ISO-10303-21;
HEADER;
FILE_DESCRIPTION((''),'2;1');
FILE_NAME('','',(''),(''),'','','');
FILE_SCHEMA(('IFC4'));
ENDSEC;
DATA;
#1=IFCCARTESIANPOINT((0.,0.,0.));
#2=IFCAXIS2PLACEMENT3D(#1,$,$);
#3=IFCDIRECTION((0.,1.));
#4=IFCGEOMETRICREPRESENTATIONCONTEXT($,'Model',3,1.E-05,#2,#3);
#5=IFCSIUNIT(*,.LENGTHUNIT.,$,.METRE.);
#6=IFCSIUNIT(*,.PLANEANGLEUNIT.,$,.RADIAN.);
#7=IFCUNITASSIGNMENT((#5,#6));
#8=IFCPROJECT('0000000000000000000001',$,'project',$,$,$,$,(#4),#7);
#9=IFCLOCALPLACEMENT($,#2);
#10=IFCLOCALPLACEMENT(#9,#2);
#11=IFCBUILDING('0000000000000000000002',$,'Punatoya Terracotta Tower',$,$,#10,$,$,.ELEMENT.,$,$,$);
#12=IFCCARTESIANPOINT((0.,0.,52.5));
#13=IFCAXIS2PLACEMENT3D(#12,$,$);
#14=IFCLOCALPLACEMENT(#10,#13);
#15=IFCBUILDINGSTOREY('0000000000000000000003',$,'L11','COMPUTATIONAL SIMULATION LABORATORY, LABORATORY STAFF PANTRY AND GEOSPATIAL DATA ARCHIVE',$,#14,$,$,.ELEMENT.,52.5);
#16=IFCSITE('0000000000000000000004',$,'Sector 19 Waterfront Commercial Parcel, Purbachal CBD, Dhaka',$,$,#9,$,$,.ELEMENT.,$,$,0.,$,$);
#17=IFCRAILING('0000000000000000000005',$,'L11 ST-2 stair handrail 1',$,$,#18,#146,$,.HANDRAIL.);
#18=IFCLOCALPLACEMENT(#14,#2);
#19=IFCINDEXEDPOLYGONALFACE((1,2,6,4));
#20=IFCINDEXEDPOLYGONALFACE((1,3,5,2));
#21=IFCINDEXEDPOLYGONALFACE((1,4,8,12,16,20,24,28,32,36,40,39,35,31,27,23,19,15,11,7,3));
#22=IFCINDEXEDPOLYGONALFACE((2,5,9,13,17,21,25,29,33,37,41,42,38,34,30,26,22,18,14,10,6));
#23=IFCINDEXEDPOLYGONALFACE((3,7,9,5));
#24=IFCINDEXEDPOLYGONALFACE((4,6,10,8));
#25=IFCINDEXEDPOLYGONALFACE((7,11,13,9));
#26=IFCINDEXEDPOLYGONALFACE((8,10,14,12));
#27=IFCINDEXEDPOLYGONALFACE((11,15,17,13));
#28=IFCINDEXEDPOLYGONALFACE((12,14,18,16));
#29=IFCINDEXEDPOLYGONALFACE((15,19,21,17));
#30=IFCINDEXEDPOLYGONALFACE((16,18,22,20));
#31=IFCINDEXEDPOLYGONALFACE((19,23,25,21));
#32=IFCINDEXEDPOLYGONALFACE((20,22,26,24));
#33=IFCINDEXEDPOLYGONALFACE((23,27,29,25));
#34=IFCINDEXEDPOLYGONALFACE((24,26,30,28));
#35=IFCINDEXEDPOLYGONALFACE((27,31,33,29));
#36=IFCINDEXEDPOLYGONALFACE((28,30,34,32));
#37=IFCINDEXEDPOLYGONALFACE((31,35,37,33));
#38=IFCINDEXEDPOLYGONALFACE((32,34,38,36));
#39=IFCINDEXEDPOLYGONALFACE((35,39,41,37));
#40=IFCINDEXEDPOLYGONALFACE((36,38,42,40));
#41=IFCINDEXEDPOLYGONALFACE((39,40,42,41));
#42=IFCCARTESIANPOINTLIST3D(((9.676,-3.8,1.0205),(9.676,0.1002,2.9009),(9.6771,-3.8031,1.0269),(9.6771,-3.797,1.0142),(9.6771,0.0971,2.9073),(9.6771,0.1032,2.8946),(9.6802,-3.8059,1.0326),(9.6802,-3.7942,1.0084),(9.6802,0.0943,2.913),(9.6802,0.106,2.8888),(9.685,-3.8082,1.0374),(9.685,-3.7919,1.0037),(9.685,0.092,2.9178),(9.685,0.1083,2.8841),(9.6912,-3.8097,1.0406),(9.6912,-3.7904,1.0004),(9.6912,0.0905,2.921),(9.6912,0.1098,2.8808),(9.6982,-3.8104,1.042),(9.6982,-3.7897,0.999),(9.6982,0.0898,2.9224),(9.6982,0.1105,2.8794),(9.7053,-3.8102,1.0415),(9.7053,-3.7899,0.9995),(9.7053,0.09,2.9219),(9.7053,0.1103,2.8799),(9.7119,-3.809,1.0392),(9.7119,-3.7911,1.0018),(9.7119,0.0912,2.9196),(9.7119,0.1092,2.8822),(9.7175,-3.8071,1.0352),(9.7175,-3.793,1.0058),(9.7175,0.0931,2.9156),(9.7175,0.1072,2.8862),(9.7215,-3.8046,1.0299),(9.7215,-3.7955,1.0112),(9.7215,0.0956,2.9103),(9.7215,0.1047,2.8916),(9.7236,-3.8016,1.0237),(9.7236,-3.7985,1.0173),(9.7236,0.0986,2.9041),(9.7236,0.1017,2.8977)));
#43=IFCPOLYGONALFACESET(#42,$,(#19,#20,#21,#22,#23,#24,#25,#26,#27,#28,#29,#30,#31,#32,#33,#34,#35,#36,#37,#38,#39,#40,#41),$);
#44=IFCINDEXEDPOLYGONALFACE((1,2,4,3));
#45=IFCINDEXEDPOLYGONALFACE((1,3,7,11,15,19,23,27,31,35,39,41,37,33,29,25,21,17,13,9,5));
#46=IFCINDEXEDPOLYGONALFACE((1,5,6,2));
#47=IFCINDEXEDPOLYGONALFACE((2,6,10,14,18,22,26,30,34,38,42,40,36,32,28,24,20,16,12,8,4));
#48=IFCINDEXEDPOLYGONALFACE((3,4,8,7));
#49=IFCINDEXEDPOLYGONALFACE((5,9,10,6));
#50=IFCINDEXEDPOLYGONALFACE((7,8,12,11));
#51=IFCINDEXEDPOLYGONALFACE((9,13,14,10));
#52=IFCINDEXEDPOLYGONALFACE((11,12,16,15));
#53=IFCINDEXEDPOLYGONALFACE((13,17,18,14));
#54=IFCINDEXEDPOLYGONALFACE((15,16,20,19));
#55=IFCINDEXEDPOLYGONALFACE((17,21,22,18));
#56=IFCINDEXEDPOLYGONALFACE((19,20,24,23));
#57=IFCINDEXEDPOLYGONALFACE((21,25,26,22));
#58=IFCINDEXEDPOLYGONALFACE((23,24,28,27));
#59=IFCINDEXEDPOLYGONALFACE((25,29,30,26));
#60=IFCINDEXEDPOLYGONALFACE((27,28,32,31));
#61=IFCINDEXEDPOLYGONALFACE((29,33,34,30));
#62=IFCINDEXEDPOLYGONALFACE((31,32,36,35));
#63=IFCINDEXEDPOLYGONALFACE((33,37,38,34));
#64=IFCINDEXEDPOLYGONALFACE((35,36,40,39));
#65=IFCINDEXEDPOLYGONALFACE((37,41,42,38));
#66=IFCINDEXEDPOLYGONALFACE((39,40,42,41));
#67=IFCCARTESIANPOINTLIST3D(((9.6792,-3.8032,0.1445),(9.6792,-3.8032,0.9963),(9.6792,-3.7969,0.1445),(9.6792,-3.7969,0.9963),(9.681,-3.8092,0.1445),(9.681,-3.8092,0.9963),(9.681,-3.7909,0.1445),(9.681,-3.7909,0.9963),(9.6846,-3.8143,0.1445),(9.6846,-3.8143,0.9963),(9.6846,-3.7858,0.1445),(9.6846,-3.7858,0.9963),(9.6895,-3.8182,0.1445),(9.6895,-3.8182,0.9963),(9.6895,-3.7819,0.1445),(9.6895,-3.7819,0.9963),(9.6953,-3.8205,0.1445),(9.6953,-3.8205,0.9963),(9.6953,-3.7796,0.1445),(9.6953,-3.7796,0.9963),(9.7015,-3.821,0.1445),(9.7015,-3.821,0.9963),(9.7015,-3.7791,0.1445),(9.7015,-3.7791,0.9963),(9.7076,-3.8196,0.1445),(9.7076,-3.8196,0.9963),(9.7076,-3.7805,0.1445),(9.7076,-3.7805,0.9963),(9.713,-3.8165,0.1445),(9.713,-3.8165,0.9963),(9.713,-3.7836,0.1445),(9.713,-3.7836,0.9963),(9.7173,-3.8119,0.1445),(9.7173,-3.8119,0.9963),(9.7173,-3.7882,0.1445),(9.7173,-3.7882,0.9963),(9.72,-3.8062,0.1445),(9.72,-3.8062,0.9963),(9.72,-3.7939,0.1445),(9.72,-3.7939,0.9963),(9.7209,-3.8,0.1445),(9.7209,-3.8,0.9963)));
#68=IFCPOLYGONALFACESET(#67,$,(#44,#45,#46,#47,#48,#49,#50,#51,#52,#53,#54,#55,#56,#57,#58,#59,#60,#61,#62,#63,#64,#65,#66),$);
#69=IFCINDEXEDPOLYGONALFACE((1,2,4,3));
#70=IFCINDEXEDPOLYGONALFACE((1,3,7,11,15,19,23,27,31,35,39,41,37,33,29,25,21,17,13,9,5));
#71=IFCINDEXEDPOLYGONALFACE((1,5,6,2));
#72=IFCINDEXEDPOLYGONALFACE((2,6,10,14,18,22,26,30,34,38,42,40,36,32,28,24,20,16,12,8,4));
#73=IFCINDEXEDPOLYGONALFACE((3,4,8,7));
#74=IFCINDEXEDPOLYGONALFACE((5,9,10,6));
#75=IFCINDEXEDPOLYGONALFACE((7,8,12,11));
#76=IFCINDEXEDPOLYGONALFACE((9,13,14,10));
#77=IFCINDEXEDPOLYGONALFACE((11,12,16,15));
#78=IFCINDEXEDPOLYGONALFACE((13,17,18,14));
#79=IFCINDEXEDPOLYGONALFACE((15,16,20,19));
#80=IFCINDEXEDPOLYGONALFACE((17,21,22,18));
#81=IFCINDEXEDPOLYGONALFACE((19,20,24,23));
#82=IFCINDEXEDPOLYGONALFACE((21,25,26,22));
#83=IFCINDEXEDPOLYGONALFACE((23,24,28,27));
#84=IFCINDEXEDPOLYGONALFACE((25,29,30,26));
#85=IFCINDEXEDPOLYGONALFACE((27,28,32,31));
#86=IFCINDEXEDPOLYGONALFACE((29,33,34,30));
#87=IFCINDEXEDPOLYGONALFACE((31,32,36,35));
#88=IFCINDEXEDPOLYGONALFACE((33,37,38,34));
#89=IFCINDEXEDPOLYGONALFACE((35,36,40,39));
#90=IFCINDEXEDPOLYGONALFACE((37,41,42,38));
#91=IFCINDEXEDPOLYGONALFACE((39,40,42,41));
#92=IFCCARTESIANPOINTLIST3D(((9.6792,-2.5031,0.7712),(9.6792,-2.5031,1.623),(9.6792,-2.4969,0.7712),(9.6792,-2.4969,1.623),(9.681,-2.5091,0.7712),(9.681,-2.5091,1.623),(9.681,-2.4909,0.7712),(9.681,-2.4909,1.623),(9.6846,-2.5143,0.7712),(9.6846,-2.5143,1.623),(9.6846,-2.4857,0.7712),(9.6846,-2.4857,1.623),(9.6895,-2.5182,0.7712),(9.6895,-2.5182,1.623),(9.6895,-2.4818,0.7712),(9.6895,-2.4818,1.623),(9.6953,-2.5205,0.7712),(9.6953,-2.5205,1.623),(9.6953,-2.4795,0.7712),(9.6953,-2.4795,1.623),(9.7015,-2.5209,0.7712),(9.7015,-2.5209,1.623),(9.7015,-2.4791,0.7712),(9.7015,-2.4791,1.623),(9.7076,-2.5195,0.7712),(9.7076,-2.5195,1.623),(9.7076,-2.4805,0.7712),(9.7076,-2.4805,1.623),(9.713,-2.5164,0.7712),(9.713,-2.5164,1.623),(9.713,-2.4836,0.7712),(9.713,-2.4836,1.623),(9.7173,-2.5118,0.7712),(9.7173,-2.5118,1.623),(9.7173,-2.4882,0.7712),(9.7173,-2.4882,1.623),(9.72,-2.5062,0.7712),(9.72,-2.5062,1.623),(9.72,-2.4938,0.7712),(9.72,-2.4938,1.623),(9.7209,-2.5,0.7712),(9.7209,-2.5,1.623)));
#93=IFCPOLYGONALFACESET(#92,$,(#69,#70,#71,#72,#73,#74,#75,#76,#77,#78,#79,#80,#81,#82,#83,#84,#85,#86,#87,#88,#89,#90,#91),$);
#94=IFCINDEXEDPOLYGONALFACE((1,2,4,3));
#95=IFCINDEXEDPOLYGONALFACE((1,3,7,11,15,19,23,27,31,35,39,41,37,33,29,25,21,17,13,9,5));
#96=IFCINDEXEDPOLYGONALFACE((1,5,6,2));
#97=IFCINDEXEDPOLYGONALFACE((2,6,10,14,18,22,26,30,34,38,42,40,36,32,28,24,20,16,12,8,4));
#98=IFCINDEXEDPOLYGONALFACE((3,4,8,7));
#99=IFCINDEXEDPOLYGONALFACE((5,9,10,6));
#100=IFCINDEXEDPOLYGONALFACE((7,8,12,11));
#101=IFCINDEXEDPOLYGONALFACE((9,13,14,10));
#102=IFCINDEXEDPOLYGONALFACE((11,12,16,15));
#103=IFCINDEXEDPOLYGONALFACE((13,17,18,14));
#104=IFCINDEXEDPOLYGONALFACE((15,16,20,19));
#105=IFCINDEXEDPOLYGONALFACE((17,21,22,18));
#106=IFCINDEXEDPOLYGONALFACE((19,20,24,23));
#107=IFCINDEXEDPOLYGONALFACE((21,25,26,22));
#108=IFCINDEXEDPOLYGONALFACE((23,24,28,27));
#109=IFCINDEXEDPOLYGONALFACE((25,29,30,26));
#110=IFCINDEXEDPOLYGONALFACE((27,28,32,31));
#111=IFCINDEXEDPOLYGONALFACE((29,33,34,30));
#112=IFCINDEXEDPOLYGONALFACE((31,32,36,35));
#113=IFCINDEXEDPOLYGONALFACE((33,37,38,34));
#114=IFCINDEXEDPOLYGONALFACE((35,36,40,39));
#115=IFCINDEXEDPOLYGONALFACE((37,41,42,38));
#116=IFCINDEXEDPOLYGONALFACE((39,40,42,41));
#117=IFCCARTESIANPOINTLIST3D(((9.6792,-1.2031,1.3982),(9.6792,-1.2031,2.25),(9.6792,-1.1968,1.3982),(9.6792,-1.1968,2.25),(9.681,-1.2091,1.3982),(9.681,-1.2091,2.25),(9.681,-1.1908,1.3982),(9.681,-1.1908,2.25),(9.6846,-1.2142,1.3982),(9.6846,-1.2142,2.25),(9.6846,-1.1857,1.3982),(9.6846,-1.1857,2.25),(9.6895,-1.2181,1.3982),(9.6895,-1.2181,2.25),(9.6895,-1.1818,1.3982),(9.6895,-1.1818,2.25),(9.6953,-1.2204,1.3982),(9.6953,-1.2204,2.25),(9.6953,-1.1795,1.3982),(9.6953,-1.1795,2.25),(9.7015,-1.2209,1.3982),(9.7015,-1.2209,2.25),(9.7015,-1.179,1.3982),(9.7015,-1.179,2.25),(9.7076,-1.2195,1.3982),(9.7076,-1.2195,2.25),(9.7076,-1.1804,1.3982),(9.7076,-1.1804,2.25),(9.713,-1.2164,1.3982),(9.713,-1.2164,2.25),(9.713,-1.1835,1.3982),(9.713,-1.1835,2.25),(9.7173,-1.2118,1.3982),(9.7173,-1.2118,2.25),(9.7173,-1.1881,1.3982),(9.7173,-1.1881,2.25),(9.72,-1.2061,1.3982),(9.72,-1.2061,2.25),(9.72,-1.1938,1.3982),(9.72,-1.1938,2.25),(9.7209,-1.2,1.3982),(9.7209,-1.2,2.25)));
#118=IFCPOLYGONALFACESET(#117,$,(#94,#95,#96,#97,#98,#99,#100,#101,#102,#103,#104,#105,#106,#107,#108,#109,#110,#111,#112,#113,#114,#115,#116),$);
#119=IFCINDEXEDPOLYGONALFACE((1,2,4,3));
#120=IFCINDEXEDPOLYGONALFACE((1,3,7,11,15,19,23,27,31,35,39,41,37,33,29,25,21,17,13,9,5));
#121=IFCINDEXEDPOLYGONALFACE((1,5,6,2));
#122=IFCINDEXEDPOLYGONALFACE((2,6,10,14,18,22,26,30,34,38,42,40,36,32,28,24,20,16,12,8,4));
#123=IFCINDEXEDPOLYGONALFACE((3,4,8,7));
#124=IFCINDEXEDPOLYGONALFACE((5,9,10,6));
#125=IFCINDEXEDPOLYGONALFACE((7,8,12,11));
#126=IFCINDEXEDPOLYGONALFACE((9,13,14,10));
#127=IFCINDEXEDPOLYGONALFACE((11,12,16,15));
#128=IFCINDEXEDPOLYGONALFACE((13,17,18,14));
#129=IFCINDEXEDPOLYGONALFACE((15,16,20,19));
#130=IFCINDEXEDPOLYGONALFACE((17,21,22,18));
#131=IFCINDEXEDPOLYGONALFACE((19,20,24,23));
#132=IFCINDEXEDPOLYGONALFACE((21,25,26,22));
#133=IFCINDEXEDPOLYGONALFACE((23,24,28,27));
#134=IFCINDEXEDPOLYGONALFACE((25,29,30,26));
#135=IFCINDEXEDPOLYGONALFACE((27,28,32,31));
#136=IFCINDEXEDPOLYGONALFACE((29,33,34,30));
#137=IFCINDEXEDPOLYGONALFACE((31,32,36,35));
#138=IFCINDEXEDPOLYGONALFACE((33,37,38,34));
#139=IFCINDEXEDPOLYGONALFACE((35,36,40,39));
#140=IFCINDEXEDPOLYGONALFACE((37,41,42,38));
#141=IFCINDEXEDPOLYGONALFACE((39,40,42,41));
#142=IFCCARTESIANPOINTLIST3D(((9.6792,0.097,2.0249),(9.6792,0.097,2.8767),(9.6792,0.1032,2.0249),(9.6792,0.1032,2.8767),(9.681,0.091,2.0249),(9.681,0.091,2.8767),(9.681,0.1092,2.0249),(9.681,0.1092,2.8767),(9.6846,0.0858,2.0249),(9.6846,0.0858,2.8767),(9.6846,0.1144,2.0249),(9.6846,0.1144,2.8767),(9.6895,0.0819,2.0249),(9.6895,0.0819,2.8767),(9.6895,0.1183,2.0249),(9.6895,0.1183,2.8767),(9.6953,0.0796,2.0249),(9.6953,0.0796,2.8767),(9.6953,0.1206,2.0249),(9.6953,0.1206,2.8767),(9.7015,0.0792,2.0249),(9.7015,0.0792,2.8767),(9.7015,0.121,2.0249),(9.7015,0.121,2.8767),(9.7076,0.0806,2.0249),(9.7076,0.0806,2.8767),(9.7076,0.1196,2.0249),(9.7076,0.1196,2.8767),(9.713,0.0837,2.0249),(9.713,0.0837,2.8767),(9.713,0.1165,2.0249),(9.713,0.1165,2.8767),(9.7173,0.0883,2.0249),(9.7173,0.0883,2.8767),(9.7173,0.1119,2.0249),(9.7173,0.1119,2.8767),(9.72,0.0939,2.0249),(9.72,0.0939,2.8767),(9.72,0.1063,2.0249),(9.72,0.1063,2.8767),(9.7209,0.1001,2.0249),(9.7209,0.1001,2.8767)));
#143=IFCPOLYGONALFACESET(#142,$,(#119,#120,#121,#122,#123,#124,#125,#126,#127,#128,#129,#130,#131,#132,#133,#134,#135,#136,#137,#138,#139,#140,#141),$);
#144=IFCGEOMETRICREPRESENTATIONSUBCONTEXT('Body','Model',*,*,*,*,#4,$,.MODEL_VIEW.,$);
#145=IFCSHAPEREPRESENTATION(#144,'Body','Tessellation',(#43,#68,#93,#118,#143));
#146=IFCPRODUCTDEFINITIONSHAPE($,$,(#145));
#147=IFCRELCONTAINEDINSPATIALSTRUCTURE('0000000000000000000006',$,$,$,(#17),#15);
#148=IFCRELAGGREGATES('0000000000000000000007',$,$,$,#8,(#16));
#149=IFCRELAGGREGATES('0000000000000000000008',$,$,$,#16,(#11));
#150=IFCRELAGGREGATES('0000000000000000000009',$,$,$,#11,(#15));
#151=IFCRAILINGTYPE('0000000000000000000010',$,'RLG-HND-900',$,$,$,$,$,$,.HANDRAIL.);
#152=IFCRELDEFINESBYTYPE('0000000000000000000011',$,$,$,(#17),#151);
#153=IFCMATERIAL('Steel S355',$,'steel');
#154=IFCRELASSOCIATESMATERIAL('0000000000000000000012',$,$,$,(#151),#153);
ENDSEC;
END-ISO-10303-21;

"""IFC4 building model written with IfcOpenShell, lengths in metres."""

from ifc_helpers import new_model, si_unit, direction, frame, origin, origin_2d, place, context, subcontext, project, spatial, circle, extrude, material, type_object, element, save


model = new_model("IFC4")

# Units and contexts
model_context = context("Model", 3, precision=1e-05, world=origin(), true_north=direction((0.0, 1.0)))
body_context = subcontext(model_context, "Body", "Model", "MODEL_VIEW")
ifc_project = project(units=[si_unit("LENGTHUNIT", "METRE"), si_unit("PLANEANGLEUNIT", "RADIAN")], contexts=[model_context])

# Site, building, storey
site_placement = place(None, origin())
site = spatial("IfcSite", under=ifc_project, at=site_placement, Name="Sector 19 Waterfront Commercial Parcel, Purbachal CBD, Dhaka", CompositionType="ELEMENT", RefElevation=0.0)
building_placement = place(site_placement, origin())
building = spatial("IfcBuilding", under=site, at=building_placement, Name="Punatoya Terracotta Tower", CompositionType="ELEMENT")
storey_placement = place(building_placement, frame((0.0, 0.0, 52.5)))
storey = spatial("IfcBuildingStorey", under=building, at=storey_placement, Name="L11", Description="COMPUTATIONAL SIMULATION LABORATORY, LABORATORY STAFF PANTRY AND GEOSPATIAL DATA ARCHIVE", CompositionType="ELEMENT", Elevation=52.5)

# Shared definitions
ifc_material_1 = material(Name="Steel S355", Category="steel")

# Railing
railing_type_1 = type_object("IfcRailingType", Name="RLG-HND-900", PredefinedType="HANDRAIL", material=ifc_material_1)
railing_1_placement = place(storey_placement, frame((9.7, -3.8, 0.1445)))
element("IfcRailing", 1, at=railing_1_placement, inside=storey, type_object=railing_type_1, Name="L11 ST-2 stair handrail 1", PredefinedType="HANDRAIL", context=body_context, shape_type="SweptSolid", body=[
    extrude(circle(Radius=0.0239, at=origin_2d()), frame((0.0, 0.0, 0.876), z_axis=(0.0, 0.900774, 0.434289), x_axis=(-1.0, 0.0, 0.0)), (0.0, 0.0, 1.0), 4.3298),
    extrude(circle(Radius=0.021, at=origin_2d()), origin(), (0.0, 0.0, 1.0), 0.8518),
    extrude(circle(Radius=0.021, at=origin_2d()), frame((0.0, 1.3, 0.6267)), (0.0, 0.0, 1.0), 0.8518),
    extrude(circle(Radius=0.021, at=origin_2d()), frame((0.0, 2.6001, 1.2537)), (0.0, 0.0, 1.0), 0.8518),
    extrude(circle(Radius=0.021, at=origin_2d()), frame((0.0, 3.9001, 1.8804)), (0.0, 0.0, 1.0), 0.8518),
])

save(model, "model.ifc")
